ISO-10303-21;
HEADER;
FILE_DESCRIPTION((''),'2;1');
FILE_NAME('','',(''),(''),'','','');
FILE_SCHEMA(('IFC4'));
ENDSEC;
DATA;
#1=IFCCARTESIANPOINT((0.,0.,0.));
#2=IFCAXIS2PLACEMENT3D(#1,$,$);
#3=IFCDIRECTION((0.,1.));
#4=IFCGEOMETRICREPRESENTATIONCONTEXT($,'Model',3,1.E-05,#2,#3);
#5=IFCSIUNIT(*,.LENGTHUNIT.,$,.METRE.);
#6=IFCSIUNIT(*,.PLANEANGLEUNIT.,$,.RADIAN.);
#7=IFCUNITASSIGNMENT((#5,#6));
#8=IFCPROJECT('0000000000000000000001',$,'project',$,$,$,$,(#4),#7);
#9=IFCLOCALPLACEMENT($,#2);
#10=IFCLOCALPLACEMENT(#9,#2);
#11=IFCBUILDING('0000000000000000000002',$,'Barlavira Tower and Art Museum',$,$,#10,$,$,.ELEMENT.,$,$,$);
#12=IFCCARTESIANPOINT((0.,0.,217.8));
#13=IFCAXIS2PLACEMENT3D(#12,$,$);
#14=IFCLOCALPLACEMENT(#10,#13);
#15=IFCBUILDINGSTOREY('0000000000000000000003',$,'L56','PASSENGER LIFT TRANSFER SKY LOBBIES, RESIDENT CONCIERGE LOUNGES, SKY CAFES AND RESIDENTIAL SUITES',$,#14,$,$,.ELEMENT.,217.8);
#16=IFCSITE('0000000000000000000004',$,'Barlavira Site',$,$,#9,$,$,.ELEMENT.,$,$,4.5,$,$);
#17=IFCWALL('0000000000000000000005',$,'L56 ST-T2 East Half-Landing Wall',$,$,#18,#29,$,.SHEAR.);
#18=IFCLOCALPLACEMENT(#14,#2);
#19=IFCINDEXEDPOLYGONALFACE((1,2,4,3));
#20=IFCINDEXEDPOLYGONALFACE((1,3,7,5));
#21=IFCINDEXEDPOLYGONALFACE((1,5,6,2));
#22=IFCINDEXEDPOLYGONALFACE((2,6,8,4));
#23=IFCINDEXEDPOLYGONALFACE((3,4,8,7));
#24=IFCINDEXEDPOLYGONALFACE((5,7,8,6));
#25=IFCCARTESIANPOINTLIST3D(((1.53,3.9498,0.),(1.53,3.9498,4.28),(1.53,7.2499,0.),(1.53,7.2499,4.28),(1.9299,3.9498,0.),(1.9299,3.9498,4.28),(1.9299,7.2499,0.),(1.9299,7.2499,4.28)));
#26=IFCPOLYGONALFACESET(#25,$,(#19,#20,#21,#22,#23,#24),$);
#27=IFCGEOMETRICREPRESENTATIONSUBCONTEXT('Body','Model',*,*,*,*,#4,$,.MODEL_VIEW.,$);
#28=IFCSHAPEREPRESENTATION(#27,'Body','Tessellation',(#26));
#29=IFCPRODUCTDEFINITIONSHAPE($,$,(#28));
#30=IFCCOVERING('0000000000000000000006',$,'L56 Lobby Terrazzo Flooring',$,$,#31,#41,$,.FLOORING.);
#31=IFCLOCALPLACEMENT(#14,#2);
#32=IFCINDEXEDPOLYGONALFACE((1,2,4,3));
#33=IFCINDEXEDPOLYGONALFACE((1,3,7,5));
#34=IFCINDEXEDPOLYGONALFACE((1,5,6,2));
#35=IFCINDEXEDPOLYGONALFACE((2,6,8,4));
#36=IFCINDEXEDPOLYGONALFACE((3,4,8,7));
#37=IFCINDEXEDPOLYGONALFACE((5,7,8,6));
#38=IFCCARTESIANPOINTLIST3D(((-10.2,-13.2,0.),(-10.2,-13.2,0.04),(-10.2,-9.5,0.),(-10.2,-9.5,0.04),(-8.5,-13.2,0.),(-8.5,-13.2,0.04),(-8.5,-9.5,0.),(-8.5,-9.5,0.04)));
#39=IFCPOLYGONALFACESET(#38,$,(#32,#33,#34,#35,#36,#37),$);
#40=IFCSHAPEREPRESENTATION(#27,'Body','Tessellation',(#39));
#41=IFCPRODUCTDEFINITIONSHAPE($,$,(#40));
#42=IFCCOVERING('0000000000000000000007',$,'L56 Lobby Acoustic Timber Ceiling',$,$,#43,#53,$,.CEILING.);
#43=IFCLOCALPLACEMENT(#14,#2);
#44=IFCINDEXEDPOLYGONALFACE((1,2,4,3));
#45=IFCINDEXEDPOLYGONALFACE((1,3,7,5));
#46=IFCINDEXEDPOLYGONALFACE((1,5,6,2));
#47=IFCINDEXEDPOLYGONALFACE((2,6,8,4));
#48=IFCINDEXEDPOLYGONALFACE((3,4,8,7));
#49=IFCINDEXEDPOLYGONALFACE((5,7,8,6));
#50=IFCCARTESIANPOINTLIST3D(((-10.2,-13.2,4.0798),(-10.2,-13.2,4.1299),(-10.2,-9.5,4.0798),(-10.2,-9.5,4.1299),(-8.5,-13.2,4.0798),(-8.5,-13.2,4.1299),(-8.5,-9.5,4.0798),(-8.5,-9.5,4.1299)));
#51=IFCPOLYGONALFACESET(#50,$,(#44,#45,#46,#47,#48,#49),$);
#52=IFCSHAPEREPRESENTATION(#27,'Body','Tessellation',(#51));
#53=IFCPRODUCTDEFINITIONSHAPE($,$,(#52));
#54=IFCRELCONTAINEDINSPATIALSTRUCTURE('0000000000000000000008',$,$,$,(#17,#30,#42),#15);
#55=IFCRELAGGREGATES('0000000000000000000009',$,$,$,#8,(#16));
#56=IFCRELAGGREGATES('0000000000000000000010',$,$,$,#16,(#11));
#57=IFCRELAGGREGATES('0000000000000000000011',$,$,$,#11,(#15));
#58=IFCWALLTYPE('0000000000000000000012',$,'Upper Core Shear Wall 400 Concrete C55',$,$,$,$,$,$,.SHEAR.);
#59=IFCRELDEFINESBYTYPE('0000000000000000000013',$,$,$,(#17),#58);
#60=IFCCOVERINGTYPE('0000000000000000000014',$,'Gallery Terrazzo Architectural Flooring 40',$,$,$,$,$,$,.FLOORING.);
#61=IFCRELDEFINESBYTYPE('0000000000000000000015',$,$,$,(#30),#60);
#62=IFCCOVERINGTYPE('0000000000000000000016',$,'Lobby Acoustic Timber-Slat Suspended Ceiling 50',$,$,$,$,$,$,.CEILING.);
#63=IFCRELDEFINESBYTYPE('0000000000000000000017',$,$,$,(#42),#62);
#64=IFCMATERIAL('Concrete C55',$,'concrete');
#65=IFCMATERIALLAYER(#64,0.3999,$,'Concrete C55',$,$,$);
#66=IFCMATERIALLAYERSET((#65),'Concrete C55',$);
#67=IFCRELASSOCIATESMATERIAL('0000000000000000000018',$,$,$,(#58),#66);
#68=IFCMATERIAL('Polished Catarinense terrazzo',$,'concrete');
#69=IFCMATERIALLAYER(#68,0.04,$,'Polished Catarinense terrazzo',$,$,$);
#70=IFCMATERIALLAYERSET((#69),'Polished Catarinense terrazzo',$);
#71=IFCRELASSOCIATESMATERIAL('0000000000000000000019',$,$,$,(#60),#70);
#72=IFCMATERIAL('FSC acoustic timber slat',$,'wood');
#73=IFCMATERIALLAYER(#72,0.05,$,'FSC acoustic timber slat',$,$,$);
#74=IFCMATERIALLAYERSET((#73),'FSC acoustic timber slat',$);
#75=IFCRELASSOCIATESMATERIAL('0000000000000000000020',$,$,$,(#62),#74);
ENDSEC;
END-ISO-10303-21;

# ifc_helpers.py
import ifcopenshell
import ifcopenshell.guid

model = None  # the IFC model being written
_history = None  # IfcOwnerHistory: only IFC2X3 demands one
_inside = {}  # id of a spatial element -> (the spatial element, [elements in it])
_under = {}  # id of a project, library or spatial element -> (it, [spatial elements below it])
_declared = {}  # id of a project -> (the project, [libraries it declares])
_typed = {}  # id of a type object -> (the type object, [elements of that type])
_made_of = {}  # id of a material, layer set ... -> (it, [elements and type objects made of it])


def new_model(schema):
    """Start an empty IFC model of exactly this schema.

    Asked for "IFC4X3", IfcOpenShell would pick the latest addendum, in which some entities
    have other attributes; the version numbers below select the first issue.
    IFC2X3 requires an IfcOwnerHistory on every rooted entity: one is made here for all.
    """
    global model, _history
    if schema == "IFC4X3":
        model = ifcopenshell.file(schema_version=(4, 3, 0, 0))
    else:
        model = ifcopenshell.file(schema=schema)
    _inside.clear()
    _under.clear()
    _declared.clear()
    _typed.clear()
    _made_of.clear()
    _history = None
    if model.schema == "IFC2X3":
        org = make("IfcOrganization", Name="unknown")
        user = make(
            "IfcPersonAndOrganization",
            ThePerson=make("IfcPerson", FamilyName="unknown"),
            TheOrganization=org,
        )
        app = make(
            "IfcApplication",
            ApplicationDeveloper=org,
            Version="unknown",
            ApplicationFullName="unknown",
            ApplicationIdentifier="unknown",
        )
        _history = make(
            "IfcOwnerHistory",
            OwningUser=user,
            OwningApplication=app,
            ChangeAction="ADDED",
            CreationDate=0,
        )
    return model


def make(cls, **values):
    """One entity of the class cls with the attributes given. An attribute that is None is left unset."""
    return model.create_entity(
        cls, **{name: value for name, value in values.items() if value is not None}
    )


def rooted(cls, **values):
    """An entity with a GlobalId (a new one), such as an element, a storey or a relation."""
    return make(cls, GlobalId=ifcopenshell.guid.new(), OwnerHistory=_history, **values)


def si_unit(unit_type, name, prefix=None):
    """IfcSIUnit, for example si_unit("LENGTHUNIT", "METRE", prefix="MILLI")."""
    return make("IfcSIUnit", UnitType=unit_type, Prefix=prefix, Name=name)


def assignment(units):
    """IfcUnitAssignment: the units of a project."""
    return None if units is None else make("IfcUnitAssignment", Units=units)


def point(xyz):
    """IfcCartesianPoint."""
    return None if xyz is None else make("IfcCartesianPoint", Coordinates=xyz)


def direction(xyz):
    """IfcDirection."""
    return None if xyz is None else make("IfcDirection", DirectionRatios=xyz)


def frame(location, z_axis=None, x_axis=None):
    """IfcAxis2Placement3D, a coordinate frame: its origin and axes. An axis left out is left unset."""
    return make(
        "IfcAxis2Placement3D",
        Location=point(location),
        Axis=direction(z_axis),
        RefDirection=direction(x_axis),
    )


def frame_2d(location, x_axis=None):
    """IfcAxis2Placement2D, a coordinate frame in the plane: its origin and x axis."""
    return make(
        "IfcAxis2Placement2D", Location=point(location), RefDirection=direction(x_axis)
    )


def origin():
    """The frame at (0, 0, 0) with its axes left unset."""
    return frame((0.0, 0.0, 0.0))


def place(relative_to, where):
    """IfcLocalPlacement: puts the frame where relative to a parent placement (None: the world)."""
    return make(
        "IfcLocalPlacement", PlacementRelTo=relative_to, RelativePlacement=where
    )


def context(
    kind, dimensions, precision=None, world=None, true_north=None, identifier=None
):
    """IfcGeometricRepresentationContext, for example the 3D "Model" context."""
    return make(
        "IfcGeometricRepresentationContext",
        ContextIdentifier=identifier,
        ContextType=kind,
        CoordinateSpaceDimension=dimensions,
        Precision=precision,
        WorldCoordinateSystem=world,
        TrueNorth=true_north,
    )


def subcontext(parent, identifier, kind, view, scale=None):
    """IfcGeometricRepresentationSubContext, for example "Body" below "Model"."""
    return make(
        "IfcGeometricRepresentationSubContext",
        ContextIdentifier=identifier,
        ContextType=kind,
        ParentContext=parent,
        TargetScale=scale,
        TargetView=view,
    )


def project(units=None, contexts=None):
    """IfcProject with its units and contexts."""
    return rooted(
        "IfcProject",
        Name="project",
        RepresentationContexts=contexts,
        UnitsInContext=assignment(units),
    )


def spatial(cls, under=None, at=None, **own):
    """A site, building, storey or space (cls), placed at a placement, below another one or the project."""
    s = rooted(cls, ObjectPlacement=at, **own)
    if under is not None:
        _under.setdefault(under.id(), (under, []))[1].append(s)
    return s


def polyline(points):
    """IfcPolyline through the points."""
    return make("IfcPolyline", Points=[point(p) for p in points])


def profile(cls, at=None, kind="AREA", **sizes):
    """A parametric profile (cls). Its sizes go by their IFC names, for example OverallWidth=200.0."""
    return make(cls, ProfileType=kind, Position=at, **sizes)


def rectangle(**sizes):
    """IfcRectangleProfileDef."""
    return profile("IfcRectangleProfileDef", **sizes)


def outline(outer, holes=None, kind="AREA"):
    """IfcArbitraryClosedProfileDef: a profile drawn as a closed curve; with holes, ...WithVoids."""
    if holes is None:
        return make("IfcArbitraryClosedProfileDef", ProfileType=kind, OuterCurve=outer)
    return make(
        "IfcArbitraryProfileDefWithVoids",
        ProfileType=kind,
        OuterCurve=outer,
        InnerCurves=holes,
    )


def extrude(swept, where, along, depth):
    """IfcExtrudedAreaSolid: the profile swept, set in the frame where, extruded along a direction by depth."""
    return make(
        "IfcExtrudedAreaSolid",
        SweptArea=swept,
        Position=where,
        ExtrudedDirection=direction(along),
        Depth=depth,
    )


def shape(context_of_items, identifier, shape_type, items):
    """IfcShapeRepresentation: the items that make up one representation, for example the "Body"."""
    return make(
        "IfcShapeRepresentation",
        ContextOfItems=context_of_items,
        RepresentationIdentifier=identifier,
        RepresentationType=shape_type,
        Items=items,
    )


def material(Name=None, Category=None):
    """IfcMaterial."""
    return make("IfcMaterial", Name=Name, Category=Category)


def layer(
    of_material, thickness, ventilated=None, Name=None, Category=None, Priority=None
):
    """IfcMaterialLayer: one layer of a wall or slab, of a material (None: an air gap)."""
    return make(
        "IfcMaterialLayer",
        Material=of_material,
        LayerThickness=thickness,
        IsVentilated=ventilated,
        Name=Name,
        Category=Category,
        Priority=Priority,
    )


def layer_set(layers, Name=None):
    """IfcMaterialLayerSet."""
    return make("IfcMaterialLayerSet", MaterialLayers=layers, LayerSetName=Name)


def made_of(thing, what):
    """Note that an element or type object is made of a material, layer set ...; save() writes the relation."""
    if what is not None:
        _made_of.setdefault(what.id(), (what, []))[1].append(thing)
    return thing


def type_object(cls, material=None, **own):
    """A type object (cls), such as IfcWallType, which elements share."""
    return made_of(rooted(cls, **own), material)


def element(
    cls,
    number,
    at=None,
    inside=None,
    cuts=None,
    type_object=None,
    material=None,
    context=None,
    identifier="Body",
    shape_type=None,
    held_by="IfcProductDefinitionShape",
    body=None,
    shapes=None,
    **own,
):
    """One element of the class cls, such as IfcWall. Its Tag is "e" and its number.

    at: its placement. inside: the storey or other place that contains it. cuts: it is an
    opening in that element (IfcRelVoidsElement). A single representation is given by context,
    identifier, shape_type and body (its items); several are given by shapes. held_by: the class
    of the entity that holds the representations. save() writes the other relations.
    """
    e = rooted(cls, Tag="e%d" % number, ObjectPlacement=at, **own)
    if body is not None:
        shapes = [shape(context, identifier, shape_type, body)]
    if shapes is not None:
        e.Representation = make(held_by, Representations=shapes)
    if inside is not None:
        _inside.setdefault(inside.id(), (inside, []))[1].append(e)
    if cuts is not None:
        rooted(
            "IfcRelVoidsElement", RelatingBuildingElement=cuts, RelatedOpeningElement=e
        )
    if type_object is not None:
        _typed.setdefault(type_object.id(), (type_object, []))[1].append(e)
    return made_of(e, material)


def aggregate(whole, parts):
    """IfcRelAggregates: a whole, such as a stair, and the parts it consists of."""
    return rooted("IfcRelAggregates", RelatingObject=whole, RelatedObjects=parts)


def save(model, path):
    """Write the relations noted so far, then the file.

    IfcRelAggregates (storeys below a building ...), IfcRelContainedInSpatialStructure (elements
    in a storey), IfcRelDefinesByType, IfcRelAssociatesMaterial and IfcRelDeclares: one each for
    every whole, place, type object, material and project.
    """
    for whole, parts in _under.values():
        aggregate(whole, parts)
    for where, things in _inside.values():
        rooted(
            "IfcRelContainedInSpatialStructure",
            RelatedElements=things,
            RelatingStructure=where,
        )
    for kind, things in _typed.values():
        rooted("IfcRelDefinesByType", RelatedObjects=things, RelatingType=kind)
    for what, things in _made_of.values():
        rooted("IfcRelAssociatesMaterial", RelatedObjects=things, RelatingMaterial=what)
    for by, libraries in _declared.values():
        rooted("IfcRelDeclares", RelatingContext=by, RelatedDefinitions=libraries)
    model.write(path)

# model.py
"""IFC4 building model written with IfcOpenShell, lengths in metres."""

from ifc_helpers import new_model, si_unit, direction, frame, frame_2d, origin, place, context, subcontext, project, spatial, polyline, rectangle, outline, extrude, material, layer, layer_set, type_object, element, save


model = new_model("IFC4")

# Units and contexts
model_context = context("Model", 3, precision=1e-05, world=origin(), true_north=direction((0.0, 1.0)))
body_context = subcontext(model_context, "Body", "Model", "MODEL_VIEW")
ifc_project = project(units=[si_unit("LENGTHUNIT", "METRE"), si_unit("PLANEANGLEUNIT", "RADIAN")], contexts=[model_context])

# Site, building, storey
site_placement = place(None, origin())
site = spatial("IfcSite", under=ifc_project, at=site_placement, Name="Barlavira Site", CompositionType="ELEMENT", RefElevation=4.5)
building_placement = place(site_placement, origin())
building = spatial("IfcBuilding", under=site, at=building_placement, Name="Barlavira Tower and Art Museum", CompositionType="ELEMENT")
storey_placement = place(building_placement, frame((0.0, 0.0, 217.8)))
storey = spatial("IfcBuildingStorey", under=building, at=storey_placement, Name="L56", Description="PASSENGER LIFT TRANSFER SKY LOBBIES, RESIDENT CONCIERGE LOUNGES, SKY CAFES AND RESIDENTIAL SUITES", CompositionType="ELEMENT", Elevation=217.8)

# Shared definitions
ifc_material_1 = material(Name="Concrete C55", Category="concrete")

# Wall
ifc_layer_1 = layer(ifc_material_1, 0.3999, Name="Concrete C55")
ifc_layer_set_1 = layer_set([ifc_layer_1], Name="Concrete C55")
wall_type_1 = type_object("IfcWallType", Name="Upper Core Shear Wall 400 Concrete C55", PredefinedType="SHEAR", material=ifc_layer_set_1)
wall_1_placement = place(storey_placement, frame((1.73, 3.95, 0.0), z_axis=(0.0, 0.0, 1.0), x_axis=(0.0, 1.0, 0.0)))
element("IfcWall", 1, at=wall_1_placement, inside=storey, type_object=wall_type_1, Name="L56 ST-T2 East Half-Landing Wall", PredefinedType="SHEAR", context=body_context, shape_type="SweptSolid", body=[
    extrude(rectangle(XDim=3.3, YDim=0.3999, at=frame_2d((1.6499, 0.0))), origin(), (0.0, 0.0, 1.0), 4.28),
])

# Coverings
ifc_material_2 = material(Name="Polished Catarinense terrazzo", Category="concrete")
ifc_layer_2 = layer(ifc_material_2, 0.04, Name="Polished Catarinense terrazzo")
ifc_layer_set_2 = layer_set([ifc_layer_2], Name="Polished Catarinense terrazzo")
covering_type_1 = type_object("IfcCoveringType", Name="Gallery Terrazzo Architectural Flooring 40", PredefinedType="FLOORING", material=ifc_layer_set_2)
covering_1_placement = place(storey_placement, origin())
element("IfcCovering", 2, at=covering_1_placement, inside=storey, type_object=covering_type_1, Name="L56 Lobby Terrazzo Flooring", PredefinedType="FLOORING", context=body_context, shape_type="SweptSolid", body=[
    extrude(outline(polyline([(-10.2, -13.2), (-8.5, -13.2), (-8.5, -9.5), (-10.2, -9.5), (-10.2, -13.2)])), origin(), (0.0, 0.0, 1.0), 0.04),
])
ifc_material_3 = material(Name="FSC acoustic timber slat", Category="wood")
ifc_layer_3 = layer(ifc_material_3, 0.05, Name="FSC acoustic timber slat")
ifc_layer_set_3 = layer_set([ifc_layer_3], Name="FSC acoustic timber slat")
covering_type_2 = type_object("IfcCoveringType", Name="Lobby Acoustic Timber-Slat Suspended Ceiling 50", PredefinedType="CEILING", material=ifc_layer_set_3)
covering_2_placement = place(storey_placement, frame((0.0, 0.0, 4.0798)))
element("IfcCovering", 3, at=covering_2_placement, inside=storey, type_object=covering_type_2, Name="L56 Lobby Acoustic Timber Ceiling", PredefinedType="CEILING", context=body_context, shape_type="SweptSolid", body=[
    extrude(outline(polyline([(-10.2, -13.2), (-8.5, -13.2), (-8.5, -9.5), (-10.2, -9.5), (-10.2, -13.2)])), origin(), (0.0, 0.0, 1.0), 0.05),
])

save(model, "model.ifc")
